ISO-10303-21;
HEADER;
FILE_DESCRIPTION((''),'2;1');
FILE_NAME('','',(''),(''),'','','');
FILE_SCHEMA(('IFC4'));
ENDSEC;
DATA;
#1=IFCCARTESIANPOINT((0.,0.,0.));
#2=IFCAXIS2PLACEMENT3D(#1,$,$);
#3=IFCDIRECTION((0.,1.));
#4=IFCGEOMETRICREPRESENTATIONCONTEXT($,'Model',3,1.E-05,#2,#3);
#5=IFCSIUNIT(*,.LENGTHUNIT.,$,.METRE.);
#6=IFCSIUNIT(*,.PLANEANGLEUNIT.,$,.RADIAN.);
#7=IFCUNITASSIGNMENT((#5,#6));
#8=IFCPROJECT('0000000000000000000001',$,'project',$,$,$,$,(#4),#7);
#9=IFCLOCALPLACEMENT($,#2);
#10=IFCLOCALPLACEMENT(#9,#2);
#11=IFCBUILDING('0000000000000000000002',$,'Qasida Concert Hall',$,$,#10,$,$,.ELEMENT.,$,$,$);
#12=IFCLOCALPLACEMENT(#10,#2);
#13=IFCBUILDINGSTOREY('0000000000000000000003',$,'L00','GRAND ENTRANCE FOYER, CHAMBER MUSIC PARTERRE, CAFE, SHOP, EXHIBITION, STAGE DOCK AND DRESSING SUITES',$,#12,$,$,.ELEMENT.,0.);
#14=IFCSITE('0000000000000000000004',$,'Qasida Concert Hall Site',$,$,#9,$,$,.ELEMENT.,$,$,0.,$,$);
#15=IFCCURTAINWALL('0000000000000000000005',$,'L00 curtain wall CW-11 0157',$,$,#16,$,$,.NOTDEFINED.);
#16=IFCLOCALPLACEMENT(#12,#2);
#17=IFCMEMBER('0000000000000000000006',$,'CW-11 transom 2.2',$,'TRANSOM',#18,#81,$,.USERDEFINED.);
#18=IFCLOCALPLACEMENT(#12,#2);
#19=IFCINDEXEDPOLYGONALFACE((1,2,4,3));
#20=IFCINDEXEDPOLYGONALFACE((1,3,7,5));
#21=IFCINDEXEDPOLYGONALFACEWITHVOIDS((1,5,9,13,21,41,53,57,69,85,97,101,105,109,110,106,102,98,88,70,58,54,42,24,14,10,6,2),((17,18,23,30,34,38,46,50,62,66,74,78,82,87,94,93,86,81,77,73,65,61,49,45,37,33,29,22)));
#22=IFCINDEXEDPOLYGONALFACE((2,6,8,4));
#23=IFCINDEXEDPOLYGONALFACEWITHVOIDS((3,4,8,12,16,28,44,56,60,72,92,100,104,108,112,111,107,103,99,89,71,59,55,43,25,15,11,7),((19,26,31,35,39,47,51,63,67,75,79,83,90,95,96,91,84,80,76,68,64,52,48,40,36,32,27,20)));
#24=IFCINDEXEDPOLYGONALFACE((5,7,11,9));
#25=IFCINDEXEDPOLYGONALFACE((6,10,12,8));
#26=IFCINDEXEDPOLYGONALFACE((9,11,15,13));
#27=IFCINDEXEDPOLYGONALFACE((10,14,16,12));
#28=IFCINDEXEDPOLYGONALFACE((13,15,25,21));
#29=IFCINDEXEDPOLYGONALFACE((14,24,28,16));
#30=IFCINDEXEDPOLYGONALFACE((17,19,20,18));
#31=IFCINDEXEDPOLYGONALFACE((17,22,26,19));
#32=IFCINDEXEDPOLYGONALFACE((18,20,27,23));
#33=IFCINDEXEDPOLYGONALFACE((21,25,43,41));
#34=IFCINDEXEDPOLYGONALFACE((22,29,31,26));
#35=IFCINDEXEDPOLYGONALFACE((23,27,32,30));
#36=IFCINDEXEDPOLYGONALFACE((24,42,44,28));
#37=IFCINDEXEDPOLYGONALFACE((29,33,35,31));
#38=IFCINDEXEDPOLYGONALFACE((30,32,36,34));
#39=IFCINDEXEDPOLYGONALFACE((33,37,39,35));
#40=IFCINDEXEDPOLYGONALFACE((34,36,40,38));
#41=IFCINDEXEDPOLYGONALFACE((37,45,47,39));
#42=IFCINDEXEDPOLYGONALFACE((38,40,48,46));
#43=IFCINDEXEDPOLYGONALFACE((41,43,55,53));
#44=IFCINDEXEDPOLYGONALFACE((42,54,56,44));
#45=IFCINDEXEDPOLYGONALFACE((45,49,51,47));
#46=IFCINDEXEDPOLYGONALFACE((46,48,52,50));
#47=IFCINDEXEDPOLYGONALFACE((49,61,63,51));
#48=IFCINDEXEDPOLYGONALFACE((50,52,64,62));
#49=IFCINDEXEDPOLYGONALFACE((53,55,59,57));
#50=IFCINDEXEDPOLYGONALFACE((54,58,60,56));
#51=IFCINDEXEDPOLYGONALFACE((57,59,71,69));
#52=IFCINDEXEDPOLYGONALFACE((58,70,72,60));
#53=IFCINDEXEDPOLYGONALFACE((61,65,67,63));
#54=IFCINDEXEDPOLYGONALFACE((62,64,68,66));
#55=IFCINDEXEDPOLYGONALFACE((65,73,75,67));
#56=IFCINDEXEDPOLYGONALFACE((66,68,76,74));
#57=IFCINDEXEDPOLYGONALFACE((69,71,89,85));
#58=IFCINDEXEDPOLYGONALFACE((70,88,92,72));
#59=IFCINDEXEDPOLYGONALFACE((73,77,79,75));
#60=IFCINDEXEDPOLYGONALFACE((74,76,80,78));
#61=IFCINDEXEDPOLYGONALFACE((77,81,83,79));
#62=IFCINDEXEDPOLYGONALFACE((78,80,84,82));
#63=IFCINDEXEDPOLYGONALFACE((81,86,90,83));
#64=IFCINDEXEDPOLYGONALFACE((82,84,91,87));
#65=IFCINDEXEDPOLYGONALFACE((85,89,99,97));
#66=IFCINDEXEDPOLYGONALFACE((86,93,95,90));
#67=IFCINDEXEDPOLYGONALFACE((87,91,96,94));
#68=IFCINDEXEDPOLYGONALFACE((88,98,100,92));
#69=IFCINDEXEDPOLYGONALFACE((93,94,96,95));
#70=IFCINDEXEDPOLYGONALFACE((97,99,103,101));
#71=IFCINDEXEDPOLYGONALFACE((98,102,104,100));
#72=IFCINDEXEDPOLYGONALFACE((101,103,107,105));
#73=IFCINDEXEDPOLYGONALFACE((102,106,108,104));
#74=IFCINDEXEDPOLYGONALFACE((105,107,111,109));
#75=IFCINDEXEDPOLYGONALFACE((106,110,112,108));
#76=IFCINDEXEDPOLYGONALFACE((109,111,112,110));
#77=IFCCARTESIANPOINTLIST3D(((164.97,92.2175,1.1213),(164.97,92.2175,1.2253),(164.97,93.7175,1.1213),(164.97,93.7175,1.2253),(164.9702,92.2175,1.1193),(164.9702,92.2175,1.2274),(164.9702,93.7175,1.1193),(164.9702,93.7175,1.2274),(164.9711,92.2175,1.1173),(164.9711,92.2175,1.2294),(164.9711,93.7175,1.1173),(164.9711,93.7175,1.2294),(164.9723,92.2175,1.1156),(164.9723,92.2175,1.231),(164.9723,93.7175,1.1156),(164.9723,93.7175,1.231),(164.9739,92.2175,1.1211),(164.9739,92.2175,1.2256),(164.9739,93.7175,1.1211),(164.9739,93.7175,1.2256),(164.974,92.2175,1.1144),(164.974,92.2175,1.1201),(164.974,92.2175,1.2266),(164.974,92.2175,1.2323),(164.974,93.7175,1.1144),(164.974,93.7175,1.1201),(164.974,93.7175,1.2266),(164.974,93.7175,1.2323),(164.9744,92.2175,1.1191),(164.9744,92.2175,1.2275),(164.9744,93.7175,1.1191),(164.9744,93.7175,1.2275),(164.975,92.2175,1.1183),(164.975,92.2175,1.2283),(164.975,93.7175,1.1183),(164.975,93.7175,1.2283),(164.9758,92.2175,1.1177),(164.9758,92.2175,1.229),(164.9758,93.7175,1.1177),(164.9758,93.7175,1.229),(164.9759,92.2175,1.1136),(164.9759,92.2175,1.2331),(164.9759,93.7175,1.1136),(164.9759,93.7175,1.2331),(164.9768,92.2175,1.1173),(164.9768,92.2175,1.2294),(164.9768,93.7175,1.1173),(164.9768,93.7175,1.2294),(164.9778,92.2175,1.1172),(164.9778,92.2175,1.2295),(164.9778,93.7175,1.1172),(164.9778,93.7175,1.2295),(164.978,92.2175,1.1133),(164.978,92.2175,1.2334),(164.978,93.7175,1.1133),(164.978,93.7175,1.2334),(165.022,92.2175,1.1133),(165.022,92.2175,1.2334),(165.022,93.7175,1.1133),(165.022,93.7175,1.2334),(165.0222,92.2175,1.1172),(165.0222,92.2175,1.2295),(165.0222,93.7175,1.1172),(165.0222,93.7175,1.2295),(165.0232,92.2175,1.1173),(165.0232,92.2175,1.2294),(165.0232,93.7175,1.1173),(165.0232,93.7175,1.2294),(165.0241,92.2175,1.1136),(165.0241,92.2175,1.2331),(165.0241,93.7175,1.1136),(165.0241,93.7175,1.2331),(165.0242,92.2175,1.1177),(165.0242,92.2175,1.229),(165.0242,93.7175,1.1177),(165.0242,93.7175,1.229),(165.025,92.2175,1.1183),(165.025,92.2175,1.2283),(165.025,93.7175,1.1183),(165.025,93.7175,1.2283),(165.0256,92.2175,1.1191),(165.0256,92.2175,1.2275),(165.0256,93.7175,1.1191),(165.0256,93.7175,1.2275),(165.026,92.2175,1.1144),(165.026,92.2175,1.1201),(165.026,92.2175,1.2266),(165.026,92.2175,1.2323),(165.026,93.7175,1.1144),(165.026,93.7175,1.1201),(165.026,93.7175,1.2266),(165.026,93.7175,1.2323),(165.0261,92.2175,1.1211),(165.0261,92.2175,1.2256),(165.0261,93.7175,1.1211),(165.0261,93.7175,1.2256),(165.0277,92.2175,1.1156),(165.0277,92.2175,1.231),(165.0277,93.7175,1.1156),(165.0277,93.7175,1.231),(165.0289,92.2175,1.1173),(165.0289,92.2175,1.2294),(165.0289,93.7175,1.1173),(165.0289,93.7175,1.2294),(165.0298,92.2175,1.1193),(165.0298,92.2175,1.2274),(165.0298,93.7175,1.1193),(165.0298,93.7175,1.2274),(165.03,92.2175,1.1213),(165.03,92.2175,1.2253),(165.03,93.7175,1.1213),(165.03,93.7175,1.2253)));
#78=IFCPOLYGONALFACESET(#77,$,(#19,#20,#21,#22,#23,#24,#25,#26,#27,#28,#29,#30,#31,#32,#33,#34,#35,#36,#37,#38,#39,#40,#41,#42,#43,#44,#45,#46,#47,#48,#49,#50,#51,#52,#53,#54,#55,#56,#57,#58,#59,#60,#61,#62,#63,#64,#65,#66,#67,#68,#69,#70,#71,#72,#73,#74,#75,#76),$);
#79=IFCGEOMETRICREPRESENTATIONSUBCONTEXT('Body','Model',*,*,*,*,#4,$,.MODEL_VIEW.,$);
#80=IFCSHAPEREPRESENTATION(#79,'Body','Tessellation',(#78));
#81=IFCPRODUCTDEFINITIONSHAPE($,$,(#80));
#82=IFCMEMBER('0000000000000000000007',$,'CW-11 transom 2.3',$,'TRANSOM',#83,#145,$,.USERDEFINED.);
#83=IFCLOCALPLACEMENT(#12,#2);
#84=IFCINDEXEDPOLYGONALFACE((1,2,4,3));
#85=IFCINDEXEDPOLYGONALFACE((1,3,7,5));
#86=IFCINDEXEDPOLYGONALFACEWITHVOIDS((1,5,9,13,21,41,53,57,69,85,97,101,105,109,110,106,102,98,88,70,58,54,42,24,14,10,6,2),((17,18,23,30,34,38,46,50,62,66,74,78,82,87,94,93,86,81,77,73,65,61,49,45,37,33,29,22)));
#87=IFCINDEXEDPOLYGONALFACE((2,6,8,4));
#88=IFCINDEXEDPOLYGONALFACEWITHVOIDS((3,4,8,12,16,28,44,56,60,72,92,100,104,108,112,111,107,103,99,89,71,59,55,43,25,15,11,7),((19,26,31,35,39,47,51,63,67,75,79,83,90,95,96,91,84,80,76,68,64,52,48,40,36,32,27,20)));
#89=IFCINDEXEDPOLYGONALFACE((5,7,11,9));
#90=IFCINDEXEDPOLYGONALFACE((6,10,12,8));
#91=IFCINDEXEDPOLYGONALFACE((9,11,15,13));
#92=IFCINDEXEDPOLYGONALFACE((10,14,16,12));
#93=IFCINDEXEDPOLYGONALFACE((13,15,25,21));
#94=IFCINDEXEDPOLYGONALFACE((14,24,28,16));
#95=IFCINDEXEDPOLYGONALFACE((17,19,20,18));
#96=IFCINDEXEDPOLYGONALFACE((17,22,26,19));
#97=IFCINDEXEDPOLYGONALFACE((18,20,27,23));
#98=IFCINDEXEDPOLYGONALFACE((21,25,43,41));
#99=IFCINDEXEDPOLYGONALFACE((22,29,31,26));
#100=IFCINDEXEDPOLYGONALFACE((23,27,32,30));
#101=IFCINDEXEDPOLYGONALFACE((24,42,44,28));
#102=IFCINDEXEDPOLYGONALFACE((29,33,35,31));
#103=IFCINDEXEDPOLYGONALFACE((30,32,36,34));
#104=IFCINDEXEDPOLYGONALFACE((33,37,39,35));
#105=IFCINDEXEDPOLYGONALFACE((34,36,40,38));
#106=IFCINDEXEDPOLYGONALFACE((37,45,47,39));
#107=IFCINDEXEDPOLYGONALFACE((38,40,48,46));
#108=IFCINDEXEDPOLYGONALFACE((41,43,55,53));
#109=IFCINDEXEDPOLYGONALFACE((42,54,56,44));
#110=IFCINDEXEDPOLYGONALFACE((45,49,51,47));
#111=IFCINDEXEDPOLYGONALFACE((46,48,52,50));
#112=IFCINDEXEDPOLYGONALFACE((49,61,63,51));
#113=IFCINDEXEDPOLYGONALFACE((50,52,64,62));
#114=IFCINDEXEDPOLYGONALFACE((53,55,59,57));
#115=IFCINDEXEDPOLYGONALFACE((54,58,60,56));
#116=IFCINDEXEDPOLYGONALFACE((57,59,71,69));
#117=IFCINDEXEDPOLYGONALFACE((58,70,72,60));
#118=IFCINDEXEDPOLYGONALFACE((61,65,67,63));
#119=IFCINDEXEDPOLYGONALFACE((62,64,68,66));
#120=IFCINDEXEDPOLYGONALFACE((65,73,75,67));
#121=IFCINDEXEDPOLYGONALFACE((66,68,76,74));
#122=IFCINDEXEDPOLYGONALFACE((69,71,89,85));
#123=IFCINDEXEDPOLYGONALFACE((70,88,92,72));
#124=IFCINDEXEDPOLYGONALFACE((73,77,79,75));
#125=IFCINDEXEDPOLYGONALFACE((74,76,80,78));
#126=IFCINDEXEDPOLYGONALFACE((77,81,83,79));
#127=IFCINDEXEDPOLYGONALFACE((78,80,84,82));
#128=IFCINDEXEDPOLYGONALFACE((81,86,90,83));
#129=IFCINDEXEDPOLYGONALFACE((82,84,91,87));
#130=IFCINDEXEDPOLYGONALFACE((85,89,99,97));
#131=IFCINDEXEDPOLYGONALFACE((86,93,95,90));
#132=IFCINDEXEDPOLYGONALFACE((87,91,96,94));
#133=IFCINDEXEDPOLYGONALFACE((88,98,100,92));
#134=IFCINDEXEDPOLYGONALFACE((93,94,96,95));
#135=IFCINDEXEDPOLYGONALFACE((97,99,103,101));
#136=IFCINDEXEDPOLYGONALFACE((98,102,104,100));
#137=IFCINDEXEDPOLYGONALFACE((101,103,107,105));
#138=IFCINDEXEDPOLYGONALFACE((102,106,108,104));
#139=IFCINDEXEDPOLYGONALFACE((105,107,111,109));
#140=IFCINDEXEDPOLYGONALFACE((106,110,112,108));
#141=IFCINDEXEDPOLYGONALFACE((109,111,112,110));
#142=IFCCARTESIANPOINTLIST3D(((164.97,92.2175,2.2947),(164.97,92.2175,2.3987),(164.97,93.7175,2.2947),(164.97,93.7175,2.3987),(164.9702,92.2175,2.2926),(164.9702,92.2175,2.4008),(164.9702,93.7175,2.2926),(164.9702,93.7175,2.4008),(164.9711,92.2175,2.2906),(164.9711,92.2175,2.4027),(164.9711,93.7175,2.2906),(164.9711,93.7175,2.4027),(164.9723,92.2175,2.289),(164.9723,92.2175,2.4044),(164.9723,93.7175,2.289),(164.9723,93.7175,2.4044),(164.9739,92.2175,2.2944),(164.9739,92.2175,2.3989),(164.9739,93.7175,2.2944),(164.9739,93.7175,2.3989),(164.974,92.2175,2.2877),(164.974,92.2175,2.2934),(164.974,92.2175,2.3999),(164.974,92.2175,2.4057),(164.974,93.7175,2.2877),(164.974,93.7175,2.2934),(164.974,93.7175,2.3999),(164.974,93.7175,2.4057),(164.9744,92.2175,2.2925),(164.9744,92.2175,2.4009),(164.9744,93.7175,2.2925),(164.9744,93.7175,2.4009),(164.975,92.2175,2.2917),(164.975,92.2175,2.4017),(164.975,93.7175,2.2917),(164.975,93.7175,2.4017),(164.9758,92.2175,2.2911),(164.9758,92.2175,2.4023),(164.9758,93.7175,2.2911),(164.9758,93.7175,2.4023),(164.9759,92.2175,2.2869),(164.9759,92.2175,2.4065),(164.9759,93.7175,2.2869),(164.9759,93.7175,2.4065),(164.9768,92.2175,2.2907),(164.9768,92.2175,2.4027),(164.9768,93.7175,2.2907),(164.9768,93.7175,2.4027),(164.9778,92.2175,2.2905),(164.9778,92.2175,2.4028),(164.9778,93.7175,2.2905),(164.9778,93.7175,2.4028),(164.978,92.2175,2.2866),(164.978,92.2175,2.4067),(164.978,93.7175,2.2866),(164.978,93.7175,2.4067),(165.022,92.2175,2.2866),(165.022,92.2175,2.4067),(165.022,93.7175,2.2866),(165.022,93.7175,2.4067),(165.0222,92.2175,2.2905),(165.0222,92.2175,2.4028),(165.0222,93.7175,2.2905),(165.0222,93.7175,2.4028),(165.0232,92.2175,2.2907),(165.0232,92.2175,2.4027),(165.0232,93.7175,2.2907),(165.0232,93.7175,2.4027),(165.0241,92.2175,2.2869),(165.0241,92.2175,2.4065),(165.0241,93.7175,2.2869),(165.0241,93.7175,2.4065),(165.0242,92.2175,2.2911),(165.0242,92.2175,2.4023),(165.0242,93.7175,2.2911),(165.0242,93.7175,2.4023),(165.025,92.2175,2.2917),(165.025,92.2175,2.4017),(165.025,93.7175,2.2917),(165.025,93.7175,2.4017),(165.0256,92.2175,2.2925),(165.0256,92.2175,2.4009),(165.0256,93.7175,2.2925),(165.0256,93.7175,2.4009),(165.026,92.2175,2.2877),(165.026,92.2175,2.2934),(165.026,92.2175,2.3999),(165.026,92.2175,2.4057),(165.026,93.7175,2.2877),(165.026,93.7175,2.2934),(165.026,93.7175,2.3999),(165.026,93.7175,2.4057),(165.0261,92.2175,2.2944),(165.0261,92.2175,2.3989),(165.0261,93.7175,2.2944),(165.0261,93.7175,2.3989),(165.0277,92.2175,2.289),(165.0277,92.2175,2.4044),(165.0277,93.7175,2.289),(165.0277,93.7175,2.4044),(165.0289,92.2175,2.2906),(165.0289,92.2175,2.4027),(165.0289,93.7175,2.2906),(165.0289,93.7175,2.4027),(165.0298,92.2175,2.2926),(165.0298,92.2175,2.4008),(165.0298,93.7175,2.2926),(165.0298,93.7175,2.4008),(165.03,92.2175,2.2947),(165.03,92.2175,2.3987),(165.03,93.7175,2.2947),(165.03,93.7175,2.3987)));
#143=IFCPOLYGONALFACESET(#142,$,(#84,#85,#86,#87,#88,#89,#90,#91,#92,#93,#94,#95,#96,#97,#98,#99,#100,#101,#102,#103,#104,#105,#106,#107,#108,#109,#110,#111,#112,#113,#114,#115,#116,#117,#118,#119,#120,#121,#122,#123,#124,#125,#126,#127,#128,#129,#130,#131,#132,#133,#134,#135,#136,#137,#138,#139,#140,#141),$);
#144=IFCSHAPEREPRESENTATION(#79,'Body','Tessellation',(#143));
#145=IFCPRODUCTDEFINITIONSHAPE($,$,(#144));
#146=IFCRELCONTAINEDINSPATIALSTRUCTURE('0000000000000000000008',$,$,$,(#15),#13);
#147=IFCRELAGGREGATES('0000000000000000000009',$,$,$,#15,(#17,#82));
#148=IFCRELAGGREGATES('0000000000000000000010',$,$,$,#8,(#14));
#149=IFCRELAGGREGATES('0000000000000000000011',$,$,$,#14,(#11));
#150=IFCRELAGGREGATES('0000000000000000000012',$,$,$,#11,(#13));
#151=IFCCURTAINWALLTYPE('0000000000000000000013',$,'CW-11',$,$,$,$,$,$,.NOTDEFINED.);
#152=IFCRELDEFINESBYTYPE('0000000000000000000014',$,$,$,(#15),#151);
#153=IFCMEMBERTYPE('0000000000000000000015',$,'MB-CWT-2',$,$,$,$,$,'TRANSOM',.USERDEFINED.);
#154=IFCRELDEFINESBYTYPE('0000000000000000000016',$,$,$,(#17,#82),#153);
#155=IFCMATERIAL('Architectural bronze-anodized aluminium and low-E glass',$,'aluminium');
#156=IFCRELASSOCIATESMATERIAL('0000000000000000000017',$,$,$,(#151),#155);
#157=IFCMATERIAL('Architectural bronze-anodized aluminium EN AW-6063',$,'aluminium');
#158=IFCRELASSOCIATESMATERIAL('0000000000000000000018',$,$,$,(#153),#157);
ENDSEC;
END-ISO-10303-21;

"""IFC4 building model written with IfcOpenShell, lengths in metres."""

from ifc_helpers import new_model, si_unit, direction, frame, origin, origin_2d, place, context, subcontext, project, spatial, hollow_rectangle, extrude, material, material_profile, profile_set, type_object, element, aggregate, save


model = new_model("IFC4")

# Units and contexts
model_context = context("Model", 3, precision=1e-05, world=origin(), true_north=direction((0.0, 1.0)))
body_context = subcontext(model_context, "Body", "Model", "MODEL_VIEW")
ifc_project = project(units=[si_unit("LENGTHUNIT", "METRE"), si_unit("PLANEANGLEUNIT", "RADIAN")], contexts=[model_context])

# Site, building, storey
site_placement = place(None, origin())
site = spatial("IfcSite", under=ifc_project, at=site_placement, Name="Qasida Concert Hall Site", CompositionType="ELEMENT", RefElevation=0.0)
building_placement = place(site_placement, origin())
building = spatial("IfcBuilding", under=site, at=building_placement, Name="Qasida Concert Hall", CompositionType="ELEMENT")
storey_placement = place(building_placement, origin())
storey = spatial("IfcBuildingStorey", under=building, at=storey_placement, Name="L00", Description="GRAND ENTRANCE FOYER, CHAMBER MUSIC PARTERRE, CAFE, SHOP, EXHIBITION, STAGE DOCK AND DRESSING SUITES", CompositionType="ELEMENT", Elevation=0.0)

# Curtain wall, members
ifc_material_1 = material(Name="Architectural bronze-anodized aluminium and low-E glass", Category="aluminium")
curtain_wall_type = type_object("IfcCurtainWallType", Name="CW-11", PredefinedType="NOTDEFINED", material=ifc_material_1)
curtain_wall_placement = place(storey_placement, origin())
curtain_wall = element("IfcCurtainWall", 1, at=curtain_wall_placement, inside=storey, type_object=curtain_wall_type, Name="L00 curtain wall CW-11 0157", PredefinedType="NOTDEFINED")
ifc_material_2 = material(Name="Architectural bronze-anodized aluminium EN AW-6063", Category="aluminium")
ifc_material_profile_1 = material_profile(ifc_material_2, hollow_rectangle(XDim=0.0601, YDim=0.1201, WallThickness=0.0039, InnerFilletRadius=0.0039, OuterFilletRadius=0.0081, at=origin_2d()), Name="CWT 120x60x4")
ifc_profile_set_1 = profile_set([ifc_material_profile_1], Name="Architectural bronze-anodized aluminium EN AW-6063")
member_type_1 = type_object("IfcMemberType", Name="MB-CWT-2", ElementType="TRANSOM", PredefinedType="USERDEFINED", material=ifc_profile_set_1)
member_1_placement = place(storey_placement, frame((165.0, 92.2175, 1.1733), z_axis=(0.0, 1.0, 0.0), x_axis=(-1.0, 0.0, 0.0)))
member_1 = element("IfcMember", 2, at=member_1_placement, type_object=member_type_1, Name="CW-11 transom 2.2", ObjectType="TRANSOM", PredefinedType="USERDEFINED", context=body_context, shape_type="SweptSolid", body=[
    extrude(hollow_rectangle(XDim=0.0601, YDim=0.1201, WallThickness=0.0039, InnerFilletRadius=0.0039, OuterFilletRadius=0.0081, at=origin_2d()), origin(), (0.0, 0.0, 1.0), 1.5),
])
member_2_placement = place(storey_placement, frame((165.0, 92.2175, 2.3467), z_axis=(0.0, 1.0, 0.0), x_axis=(-1.0, 0.0, 0.0)))
member_2 = element("IfcMember", 3, at=member_2_placement, type_object=member_type_1, Name="CW-11 transom 2.3", ObjectType="TRANSOM", PredefinedType="USERDEFINED", context=body_context, shape_type="SweptSolid", body=[
    extrude(hollow_rectangle(XDim=0.0601, YDim=0.1201, WallThickness=0.0039, InnerFilletRadius=0.0039, OuterFilletRadius=0.0081, at=origin_2d()), origin(), (0.0, 0.0, 1.0), 1.5),
])
aggregate(curtain_wall, [member_1, member_2])

save(model, "model.ifc")
